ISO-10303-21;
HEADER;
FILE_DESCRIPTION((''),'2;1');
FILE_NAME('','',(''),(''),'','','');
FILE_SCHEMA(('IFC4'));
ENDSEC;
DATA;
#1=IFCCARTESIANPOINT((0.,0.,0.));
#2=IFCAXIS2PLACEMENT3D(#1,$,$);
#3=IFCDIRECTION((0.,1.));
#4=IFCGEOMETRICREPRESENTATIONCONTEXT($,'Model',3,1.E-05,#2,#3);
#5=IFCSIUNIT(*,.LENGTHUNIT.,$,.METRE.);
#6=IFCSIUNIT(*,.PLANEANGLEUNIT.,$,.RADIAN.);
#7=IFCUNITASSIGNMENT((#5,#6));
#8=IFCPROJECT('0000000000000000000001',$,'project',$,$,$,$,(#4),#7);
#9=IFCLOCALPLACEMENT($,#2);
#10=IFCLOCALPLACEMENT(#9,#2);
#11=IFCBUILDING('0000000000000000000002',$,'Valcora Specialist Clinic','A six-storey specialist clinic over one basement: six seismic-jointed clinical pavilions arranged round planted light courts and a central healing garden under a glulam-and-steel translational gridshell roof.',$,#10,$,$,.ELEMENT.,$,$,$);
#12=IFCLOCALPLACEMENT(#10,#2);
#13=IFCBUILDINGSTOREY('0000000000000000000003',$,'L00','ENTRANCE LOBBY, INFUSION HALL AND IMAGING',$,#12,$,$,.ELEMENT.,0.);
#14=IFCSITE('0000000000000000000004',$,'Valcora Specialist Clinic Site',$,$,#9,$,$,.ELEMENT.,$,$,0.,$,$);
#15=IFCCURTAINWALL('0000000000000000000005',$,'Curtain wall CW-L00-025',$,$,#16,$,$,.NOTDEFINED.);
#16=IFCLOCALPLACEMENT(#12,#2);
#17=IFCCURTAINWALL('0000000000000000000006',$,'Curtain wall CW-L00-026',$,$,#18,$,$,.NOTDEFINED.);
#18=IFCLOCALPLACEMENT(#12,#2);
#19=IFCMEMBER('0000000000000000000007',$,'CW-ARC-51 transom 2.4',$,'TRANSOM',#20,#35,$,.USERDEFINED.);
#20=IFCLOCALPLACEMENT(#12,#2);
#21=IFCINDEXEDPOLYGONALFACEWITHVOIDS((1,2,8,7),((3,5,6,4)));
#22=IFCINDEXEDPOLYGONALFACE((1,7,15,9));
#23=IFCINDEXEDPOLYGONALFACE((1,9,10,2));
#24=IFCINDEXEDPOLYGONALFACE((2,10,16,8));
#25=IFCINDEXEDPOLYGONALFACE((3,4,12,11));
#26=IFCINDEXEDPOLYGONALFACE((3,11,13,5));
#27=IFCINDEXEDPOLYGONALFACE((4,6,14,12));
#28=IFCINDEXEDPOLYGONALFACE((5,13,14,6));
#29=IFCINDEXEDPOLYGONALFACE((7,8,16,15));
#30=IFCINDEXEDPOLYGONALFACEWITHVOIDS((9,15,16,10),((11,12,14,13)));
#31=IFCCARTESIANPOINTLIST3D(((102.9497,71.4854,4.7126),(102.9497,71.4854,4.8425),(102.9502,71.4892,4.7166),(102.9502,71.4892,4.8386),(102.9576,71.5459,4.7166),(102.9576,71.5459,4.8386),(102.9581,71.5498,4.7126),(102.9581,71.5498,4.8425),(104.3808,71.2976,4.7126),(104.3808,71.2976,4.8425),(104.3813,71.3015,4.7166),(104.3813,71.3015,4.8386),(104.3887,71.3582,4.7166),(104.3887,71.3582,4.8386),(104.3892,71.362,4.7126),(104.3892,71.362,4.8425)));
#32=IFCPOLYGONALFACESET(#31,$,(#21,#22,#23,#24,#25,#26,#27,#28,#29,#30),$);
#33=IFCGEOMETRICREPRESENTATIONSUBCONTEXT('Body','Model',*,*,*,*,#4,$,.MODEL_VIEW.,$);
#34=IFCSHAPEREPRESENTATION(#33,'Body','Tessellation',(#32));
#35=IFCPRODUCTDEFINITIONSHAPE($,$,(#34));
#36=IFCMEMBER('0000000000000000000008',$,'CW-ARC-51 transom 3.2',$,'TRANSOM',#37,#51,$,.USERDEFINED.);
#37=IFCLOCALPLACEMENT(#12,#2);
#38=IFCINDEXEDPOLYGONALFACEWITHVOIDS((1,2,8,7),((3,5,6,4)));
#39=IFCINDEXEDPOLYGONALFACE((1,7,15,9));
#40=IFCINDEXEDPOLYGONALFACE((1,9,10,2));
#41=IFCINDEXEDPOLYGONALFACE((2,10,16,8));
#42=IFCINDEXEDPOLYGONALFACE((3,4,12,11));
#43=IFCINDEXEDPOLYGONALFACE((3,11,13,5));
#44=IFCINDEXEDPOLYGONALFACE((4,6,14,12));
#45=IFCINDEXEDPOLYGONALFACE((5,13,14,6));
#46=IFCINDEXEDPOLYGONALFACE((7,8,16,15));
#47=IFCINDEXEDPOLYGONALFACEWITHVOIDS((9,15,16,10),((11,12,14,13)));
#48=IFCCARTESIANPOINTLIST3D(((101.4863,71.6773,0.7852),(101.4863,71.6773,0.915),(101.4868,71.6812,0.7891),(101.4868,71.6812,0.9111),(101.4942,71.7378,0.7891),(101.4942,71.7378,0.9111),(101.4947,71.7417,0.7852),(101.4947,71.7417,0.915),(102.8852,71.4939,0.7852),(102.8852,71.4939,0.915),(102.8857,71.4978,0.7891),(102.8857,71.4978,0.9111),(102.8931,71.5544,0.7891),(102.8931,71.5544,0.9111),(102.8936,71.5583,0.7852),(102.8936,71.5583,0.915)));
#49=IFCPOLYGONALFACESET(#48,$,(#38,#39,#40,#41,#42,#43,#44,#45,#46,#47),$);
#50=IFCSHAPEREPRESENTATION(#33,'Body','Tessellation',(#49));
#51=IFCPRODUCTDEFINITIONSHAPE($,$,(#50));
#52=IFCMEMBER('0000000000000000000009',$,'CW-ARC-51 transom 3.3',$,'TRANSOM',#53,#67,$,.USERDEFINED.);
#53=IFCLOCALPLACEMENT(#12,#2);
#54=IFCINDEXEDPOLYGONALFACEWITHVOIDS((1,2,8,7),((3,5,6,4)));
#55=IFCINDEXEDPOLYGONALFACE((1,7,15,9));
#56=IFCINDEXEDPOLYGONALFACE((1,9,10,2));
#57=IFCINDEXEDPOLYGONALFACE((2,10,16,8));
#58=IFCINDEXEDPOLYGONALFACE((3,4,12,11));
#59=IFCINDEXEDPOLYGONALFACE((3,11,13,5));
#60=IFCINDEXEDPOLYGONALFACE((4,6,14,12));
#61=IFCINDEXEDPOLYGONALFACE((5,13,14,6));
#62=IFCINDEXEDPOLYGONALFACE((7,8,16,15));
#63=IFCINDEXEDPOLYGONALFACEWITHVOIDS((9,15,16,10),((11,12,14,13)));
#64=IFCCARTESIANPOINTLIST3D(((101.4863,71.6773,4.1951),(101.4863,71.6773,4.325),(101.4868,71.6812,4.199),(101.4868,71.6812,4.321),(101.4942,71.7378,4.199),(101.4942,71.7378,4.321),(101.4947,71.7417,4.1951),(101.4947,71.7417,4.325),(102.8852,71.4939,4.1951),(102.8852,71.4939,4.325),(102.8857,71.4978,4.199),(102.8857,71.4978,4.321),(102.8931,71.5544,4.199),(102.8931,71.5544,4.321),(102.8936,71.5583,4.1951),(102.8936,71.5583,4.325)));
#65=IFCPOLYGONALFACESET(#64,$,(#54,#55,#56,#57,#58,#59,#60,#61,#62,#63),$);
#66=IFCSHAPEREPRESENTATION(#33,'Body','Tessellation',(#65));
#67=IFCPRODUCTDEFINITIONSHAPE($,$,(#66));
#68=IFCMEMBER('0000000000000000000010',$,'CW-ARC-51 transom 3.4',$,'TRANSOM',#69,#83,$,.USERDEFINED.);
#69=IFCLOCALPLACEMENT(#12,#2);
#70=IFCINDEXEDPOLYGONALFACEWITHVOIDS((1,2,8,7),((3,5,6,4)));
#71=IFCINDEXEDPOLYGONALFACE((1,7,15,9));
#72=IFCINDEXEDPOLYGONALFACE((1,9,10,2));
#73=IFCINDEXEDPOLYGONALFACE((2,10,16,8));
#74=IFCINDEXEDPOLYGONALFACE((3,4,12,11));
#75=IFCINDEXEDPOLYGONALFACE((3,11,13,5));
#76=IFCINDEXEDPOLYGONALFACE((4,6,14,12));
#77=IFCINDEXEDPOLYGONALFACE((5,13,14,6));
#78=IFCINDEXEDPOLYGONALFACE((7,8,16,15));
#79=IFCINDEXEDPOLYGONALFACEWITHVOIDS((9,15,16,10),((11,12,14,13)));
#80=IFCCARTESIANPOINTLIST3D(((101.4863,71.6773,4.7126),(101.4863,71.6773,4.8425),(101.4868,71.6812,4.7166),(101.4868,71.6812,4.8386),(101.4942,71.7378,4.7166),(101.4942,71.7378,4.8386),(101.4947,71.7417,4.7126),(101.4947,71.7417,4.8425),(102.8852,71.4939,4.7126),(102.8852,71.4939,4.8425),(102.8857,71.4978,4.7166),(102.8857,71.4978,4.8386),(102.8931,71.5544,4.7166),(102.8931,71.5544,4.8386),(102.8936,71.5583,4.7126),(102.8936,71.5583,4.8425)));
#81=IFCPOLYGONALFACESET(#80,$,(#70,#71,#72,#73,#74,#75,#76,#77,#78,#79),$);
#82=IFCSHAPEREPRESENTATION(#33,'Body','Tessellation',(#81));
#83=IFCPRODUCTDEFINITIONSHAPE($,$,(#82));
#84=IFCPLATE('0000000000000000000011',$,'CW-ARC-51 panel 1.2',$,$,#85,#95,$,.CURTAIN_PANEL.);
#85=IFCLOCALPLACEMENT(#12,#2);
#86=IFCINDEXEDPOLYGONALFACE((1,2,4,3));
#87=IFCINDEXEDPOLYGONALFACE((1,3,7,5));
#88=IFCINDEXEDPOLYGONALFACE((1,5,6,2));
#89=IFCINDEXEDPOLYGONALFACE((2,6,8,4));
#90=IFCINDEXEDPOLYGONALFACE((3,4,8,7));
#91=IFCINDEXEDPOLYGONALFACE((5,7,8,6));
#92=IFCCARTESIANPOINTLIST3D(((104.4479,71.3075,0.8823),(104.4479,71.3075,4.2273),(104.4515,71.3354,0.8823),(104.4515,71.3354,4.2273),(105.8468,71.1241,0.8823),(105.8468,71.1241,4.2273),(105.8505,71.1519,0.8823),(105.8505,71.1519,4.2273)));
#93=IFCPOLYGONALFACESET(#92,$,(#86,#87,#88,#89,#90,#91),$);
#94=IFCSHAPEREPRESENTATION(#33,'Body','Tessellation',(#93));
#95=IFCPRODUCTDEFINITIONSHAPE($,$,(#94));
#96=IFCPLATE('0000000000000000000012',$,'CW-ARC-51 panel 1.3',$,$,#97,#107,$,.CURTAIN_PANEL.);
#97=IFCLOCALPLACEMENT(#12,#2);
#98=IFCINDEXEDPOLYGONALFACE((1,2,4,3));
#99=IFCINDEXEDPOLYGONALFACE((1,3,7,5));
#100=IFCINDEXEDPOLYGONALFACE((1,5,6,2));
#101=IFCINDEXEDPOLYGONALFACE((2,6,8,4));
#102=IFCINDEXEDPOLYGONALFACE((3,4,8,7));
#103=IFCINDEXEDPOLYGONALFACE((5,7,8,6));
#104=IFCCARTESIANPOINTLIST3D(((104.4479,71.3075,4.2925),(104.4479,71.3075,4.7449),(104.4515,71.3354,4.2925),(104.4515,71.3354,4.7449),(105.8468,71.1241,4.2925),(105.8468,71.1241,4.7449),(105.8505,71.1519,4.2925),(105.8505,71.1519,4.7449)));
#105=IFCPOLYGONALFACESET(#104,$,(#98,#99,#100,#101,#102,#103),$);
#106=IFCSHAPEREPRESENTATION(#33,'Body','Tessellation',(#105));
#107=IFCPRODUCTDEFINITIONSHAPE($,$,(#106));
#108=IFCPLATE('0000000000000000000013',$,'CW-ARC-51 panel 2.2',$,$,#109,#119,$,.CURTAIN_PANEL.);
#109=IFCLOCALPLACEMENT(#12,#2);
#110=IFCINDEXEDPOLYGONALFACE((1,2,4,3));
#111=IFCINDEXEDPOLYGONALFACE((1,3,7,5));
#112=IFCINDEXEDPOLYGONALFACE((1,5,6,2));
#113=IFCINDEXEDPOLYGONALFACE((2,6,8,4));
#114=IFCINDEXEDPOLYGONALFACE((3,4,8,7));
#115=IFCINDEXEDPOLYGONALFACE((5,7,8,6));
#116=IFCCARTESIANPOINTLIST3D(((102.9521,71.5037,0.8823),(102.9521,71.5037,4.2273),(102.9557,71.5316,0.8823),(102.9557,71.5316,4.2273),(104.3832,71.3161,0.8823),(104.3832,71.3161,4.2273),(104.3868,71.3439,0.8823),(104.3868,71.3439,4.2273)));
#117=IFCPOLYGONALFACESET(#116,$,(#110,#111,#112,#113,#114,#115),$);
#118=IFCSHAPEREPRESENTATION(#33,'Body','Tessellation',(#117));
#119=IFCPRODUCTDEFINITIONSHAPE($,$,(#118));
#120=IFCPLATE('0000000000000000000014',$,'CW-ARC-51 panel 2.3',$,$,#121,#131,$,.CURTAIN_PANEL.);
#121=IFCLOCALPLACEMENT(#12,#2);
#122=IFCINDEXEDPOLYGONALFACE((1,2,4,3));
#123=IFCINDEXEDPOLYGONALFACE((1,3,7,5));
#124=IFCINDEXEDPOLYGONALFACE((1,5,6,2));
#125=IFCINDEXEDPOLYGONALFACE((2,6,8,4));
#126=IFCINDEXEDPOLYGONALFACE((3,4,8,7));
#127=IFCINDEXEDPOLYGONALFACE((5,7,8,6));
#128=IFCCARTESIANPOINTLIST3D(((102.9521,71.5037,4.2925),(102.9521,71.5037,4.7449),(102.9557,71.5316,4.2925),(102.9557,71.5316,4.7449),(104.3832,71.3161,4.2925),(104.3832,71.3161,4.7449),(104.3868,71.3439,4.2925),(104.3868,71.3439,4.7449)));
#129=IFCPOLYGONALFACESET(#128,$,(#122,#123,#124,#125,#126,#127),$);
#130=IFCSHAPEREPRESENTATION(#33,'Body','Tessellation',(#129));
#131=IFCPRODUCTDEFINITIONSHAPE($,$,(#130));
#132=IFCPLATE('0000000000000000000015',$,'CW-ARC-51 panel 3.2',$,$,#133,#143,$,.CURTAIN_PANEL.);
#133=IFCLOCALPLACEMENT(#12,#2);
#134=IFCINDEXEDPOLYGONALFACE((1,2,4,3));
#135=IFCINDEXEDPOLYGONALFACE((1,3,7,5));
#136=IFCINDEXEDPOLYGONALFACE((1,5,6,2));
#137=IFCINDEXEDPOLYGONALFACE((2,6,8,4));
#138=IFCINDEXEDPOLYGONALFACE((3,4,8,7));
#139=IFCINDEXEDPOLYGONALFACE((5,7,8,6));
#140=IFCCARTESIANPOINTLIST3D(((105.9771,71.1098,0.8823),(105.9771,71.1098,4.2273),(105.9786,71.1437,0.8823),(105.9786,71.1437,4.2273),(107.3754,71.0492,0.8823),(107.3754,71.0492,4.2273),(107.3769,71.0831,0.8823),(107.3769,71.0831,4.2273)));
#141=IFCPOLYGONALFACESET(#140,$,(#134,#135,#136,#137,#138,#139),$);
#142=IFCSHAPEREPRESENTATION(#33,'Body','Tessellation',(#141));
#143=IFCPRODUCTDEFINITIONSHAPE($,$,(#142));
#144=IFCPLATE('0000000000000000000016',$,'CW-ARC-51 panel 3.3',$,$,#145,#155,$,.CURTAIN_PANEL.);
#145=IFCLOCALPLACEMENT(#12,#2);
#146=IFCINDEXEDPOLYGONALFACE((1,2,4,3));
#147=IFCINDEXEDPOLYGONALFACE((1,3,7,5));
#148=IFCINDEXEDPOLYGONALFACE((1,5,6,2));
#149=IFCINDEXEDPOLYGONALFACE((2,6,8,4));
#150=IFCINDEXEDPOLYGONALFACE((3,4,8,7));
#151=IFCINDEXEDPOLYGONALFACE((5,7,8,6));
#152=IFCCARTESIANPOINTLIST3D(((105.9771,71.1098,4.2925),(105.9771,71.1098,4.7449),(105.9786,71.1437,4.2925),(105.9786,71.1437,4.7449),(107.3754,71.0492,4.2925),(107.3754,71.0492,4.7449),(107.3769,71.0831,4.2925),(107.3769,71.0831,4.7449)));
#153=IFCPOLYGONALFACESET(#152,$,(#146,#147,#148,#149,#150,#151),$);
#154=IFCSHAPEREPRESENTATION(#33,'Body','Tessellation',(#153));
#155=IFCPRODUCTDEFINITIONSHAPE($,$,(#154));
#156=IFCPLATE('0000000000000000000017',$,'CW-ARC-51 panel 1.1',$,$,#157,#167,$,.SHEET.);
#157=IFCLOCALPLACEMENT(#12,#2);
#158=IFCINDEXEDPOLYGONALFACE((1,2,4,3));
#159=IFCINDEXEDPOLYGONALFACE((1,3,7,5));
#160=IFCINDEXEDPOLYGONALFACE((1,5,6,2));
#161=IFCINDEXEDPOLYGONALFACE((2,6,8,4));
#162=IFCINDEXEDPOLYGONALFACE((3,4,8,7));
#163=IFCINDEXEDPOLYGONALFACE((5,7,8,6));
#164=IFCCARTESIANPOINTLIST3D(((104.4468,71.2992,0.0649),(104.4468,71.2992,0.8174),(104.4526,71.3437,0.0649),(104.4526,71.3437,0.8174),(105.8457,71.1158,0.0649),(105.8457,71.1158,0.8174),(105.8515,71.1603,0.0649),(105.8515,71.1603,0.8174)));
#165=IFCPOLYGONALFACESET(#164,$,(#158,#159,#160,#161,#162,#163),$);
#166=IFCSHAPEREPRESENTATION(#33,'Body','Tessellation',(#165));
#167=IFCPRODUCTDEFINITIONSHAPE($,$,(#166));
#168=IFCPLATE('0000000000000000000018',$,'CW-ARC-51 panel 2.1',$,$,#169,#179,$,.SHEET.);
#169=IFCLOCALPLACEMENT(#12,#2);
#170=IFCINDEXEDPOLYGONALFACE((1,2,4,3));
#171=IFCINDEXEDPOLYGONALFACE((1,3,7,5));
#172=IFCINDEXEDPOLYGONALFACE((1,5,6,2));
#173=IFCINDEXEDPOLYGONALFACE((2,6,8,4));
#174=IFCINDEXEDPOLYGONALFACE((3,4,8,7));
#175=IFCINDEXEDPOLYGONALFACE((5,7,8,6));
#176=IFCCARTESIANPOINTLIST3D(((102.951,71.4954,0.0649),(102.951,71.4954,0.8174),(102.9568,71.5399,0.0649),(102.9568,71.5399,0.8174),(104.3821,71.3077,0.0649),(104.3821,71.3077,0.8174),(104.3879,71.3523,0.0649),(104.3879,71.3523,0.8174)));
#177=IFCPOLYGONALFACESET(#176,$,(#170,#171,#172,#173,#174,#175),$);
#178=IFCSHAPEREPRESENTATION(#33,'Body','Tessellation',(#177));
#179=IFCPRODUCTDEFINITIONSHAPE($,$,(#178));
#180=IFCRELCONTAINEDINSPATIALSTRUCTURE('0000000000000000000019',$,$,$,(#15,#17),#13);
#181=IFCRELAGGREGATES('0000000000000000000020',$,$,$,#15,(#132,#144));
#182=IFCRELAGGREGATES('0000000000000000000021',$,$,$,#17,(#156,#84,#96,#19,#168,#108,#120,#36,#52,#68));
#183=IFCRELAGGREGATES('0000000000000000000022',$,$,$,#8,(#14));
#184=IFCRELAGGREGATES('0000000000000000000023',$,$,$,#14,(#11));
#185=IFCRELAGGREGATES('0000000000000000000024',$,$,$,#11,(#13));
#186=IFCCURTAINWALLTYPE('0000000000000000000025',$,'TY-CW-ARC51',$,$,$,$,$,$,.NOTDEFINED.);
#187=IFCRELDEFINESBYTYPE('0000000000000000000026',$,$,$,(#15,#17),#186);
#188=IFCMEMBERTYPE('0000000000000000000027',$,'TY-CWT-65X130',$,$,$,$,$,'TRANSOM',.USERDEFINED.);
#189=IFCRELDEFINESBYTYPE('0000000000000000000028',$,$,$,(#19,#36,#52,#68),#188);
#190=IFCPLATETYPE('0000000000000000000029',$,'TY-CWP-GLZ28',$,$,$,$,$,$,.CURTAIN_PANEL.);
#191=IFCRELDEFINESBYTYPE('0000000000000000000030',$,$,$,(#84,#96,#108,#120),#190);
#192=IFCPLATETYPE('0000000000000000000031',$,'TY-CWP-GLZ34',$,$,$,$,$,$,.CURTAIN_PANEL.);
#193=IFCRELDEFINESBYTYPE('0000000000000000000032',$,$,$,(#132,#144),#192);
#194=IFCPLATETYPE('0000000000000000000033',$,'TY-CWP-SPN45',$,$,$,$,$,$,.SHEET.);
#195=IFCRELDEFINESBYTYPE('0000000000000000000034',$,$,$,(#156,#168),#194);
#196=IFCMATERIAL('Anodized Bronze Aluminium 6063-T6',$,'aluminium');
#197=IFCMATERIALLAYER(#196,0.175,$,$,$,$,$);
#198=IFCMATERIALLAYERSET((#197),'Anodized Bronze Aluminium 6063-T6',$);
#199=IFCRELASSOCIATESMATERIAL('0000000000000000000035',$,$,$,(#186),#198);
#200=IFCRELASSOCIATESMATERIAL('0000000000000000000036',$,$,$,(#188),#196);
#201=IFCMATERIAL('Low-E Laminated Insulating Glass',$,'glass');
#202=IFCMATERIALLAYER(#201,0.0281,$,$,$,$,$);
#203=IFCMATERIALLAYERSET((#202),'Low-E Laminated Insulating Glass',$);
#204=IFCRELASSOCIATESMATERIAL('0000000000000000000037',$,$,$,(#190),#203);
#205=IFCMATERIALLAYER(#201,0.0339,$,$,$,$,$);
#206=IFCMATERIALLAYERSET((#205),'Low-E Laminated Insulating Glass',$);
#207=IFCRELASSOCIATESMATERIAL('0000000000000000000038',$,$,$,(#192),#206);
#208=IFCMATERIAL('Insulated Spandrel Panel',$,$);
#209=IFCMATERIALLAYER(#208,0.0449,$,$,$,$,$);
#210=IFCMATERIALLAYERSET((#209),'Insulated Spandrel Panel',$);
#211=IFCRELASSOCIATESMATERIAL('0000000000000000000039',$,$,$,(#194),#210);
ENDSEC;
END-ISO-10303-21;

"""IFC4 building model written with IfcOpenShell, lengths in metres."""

from ifc_helpers import new_model, si_unit, direction, frame, origin, origin_2d, place, context, subcontext, project, spatial, rectangle, hollow_rectangle, extrude, material, layer, layer_set, material_profile, profile_set, type_object, element, aggregate, save


model = new_model("IFC4")

# Units and contexts
model_context = context("Model", 3, precision=1e-05, world=origin(), true_north=direction((0.0, 1.0)))
body_context = subcontext(model_context, "Body", "Model", "MODEL_VIEW")
ifc_project = project(units=[si_unit("LENGTHUNIT", "METRE"), si_unit("PLANEANGLEUNIT", "RADIAN")], contexts=[model_context])

# Site, building, storey
site_placement = place(None, origin())
site = spatial("IfcSite", under=ifc_project, at=site_placement, Name="Valcora Specialist Clinic Site", CompositionType="ELEMENT", RefElevation=0.0)
building_placement = place(site_placement, origin())
building = spatial("IfcBuilding", under=site, at=building_placement, Name="Valcora Specialist Clinic", Description="A six-storey specialist clinic over one basement: six seismic-jointed clinical pavilions arranged round planted light courts and a central healing garden under a glulam-and-steel translational gridshell roof.", CompositionType="ELEMENT")
storey_placement = place(building_placement, origin())
storey = spatial("IfcBuildingStorey", under=building, at=storey_placement, Name="L00", Description="ENTRANCE LOBBY, INFUSION HALL AND IMAGING", CompositionType="ELEMENT", Elevation=0.0)

# Curtain wall
ifc_material_1 = material(Name="Anodized Bronze Aluminium 6063-T6", Category="aluminium")
ifc_layer_1 = layer(ifc_material_1, 0.175)
ifc_layer_set_1 = layer_set([ifc_layer_1], Name="Anodized Bronze Aluminium 6063-T6")
curtain_wall_type = type_object("IfcCurtainWallType", Name="TY-CW-ARC51", PredefinedType="NOTDEFINED", material=ifc_layer_set_1)
curtain_wall_1_placement = place(storey_placement, origin())
curtain_wall_1 = element("IfcCurtainWall", 1, at=curtain_wall_1_placement, inside=storey, type_object=curtain_wall_type, Name="Curtain wall CW-L00-025", PredefinedType="NOTDEFINED")

# Curtain wall, members, plates
curtain_wall_2_placement = place(storey_placement, origin())
curtain_wall_2 = element("IfcCurtainWall", 2, at=curtain_wall_2_placement, inside=storey, type_object=curtain_wall_type, Name="Curtain wall CW-L00-026", PredefinedType="NOTDEFINED")
ifc_material_profile_1 = material_profile(ifc_material_1, hollow_rectangle(XDim=0.0649, YDim=0.1299, WallThickness=0.0039, at=origin_2d()), Name="AL-TRN-65X130")
ifc_profile_set_1 = profile_set([ifc_material_profile_1], Name="Anodized Bronze Aluminium 6063-T6")
member_type_1 = type_object("IfcMemberType", Name="TY-CWT-65X130", ElementType="TRANSOM", PredefinedType="USERDEFINED", material=ifc_profile_set_1)
member_1_placement = place(storey_placement, frame((104.385, 71.3298, 4.7776), z_axis=(-0.991505, 0.130069, 0.0), x_axis=(-0.130069, -0.991505, 0.0)))
member_1 = element("IfcMember", 3, at=member_1_placement, type_object=member_type_1, Name="CW-ARC-51 transom 2.4", ObjectType="TRANSOM", PredefinedType="USERDEFINED", context=body_context, shape_type="SweptSolid", body=[
    extrude(hollow_rectangle(XDim=0.0649, YDim=0.1299, WallThickness=0.0039, at=origin_2d()), origin(), (0.0, 0.0, 1.0), 1.4434),
])
member_2_placement = place(storey_placement, frame((102.8894, 71.5261, 0.8501), z_axis=(-0.99152, 0.129953, 0.0), x_axis=(-0.129953, -0.99152, 0.0)))
member_2 = element("IfcMember", 4, at=member_2_placement, type_object=member_type_1, Name="CW-ARC-51 transom 3.2", ObjectType="TRANSOM", PredefinedType="USERDEFINED", context=body_context, shape_type="SweptSolid", body=[
    extrude(hollow_rectangle(XDim=0.0649, YDim=0.1299, WallThickness=0.0039, at=origin_2d()), origin(), (0.0, 0.0, 1.0), 1.4109),
])
member_3_placement = place(storey_placement, frame((102.8894, 71.5261, 4.26), z_axis=(-0.99152, 0.129953, 0.0), x_axis=(-0.129953, -0.99152, 0.0)))
member_3 = element("IfcMember", 5, at=member_3_placement, type_object=member_type_1, Name="CW-ARC-51 transom 3.3", ObjectType="TRANSOM", PredefinedType="USERDEFINED", context=body_context, shape_type="SweptSolid", body=[
    extrude(hollow_rectangle(XDim=0.0649, YDim=0.1299, WallThickness=0.0039, at=origin_2d()), origin(), (0.0, 0.0, 1.0), 1.4109),
])
member_4_placement = place(storey_placement, frame((102.8894, 71.5261, 4.7776), z_axis=(-0.99152, 0.129953, 0.0), x_axis=(-0.129953, -0.99152, 0.0)))
member_4 = element("IfcMember", 6, at=member_4_placement, type_object=member_type_1, Name="CW-ARC-51 transom 3.4", ObjectType="TRANSOM", PredefinedType="USERDEFINED", context=body_context, shape_type="SweptSolid", body=[
    extrude(hollow_rectangle(XDim=0.0649, YDim=0.1299, WallThickness=0.0039, at=origin_2d()), origin(), (0.0, 0.0, 1.0), 1.4109),
])
ifc_material_2 = material(Name="Low-E Laminated Insulating Glass", Category="glass")
ifc_layer_2 = layer(ifc_material_2, 0.0281)
ifc_layer_set_2 = layer_set([ifc_layer_2], Name="Low-E Laminated Insulating Glass")
plate_type_1 = type_object("IfcPlateType", Name="TY-CWP-GLZ28", PredefinedType="CURTAIN_PANEL", material=ifc_layer_set_2)
plate_1_placement = place(storey_placement, frame((105.1492, 71.2297, 0.8823), z_axis=(0.0, 0.0, 1.0), x_axis=(-0.991514, 0.129999, 0.0)))
plate_1 = element("IfcPlate", 7, at=plate_1_placement, type_object=plate_type_1, Name="CW-ARC-51 panel 1.2", PredefinedType="CURTAIN_PANEL", context=body_context, shape_type="SweptSolid", body=[
    extrude(rectangle(XDim=1.4109, YDim=0.0281, at=origin_2d()), origin(), (0.0, 0.0, 1.0), 3.345),
])
plate_2_placement = place(storey_placement, frame((105.1492, 71.2297, 4.2925), z_axis=(0.0, 0.0, 1.0), x_axis=(-0.991514, 0.129999, 0.0)))
plate_2 = element("IfcPlate", 8, at=plate_2_placement, type_object=plate_type_1, Name="CW-ARC-51 panel 1.3", PredefinedType="CURTAIN_PANEL", context=body_context, shape_type="SweptSolid", body=[
    extrude(rectangle(XDim=1.4109, YDim=0.0281, at=origin_2d()), origin(), (0.0, 0.0, 1.0), 0.4524),
])
plate_3_placement = place(storey_placement, frame((103.6694, 71.4238, 0.8823), z_axis=(0.0, 0.0, 1.0), x_axis=(-0.991514, 0.129999, 0.0)))
plate_3 = element("IfcPlate", 9, at=plate_3_placement, type_object=plate_type_1, Name="CW-ARC-51 panel 2.2", PredefinedType="CURTAIN_PANEL", context=body_context, shape_type="SweptSolid", body=[
    extrude(rectangle(XDim=1.4434, YDim=0.0281, at=origin_2d()), origin(), (0.0, 0.0, 1.0), 3.345),
])
plate_4_placement = place(storey_placement, frame((103.6694, 71.4238, 4.2925), z_axis=(0.0, 0.0, 1.0), x_axis=(-0.991514, 0.129999, 0.0)))
plate_4 = element("IfcPlate", 10, at=plate_4_placement, type_object=plate_type_1, Name="CW-ARC-51 panel 2.3", PredefinedType="CURTAIN_PANEL", context=body_context, shape_type="SweptSolid", body=[
    extrude(rectangle(XDim=1.4434, YDim=0.0281, at=origin_2d()), origin(), (0.0, 0.0, 1.0), 0.4524),
])

# Plates
ifc_layer_3 = layer(ifc_material_2, 0.0339)
ifc_layer_set_3 = layer_set([ifc_layer_3], Name="Low-E Laminated Insulating Glass")
plate_type_2 = type_object("IfcPlateType", Name="TY-CWP-GLZ34", PredefinedType="CURTAIN_PANEL", material=ifc_layer_set_3)
plate_5_placement = place(storey_placement, frame((106.677, 71.0964, 0.8823), z_axis=(0.0, 0.0, 1.0), x_axis=(-0.999062, 0.043307, 0.0)))
plate_5 = element("IfcPlate", 11, at=plate_5_placement, type_object=plate_type_2, Name="CW-ARC-51 panel 3.2", PredefinedType="CURTAIN_PANEL", context=body_context, shape_type="SweptSolid", body=[
    extrude(rectangle(XDim=1.3997, YDim=0.0339, at=origin_2d()), origin(), (0.0, 0.0, 1.0), 3.345),
])
plate_6_placement = place(storey_placement, frame((106.677, 71.0964, 4.2925), z_axis=(0.0, 0.0, 1.0), x_axis=(-0.999062, 0.043307, 0.0)))
plate_6 = element("IfcPlate", 12, at=plate_6_placement, type_object=plate_type_2, Name="CW-ARC-51 panel 3.3", PredefinedType="CURTAIN_PANEL", context=body_context, shape_type="SweptSolid", body=[
    extrude(rectangle(XDim=1.3997, YDim=0.0339, at=origin_2d()), origin(), (0.0, 0.0, 1.0), 0.4524),
])
aggregate(curtain_wall_1, [plate_5, plate_6])
ifc_material_3 = material(Name="Insulated Spandrel Panel")
ifc_layer_4 = layer(ifc_material_3, 0.0449)
ifc_layer_set_4 = layer_set([ifc_layer_4], Name="Insulated Spandrel Panel")
plate_type_3 = type_object("IfcPlateType", Name="TY-CWP-SPN45", PredefinedType="SHEET", material=ifc_layer_set_4)
plate_7_placement = place(storey_placement, frame((105.1492, 71.2297, 0.0649), z_axis=(0.0, 0.0, 1.0), x_axis=(-0.991514, 0.129999, 0.0)))
plate_7 = element("IfcPlate", 13, at=plate_7_placement, type_object=plate_type_3, Name="CW-ARC-51 panel 1.1", PredefinedType="SHEET", context=body_context, shape_type="SweptSolid", body=[
    extrude(rectangle(XDim=1.4109, YDim=0.0449, at=origin_2d()), origin(), (0.0, 0.0, 1.0), 0.7524),
])
plate_8_placement = place(storey_placement, frame((103.6694, 71.4238, 0.0649), z_axis=(0.0, 0.0, 1.0), x_axis=(-0.991514, 0.129999, 0.0)))
plate_8 = element("IfcPlate", 14, at=plate_8_placement, type_object=plate_type_3, Name="CW-ARC-51 panel 2.1", PredefinedType="SHEET", context=body_context, shape_type="SweptSolid", body=[
    extrude(rectangle(XDim=1.4434, YDim=0.0449, at=origin_2d()), origin(), (0.0, 0.0, 1.0), 0.7524),
])
aggregate(curtain_wall_2, [plate_7, plate_1, plate_2, member_1, plate_8, plate_3, plate_4, member_2, member_3, member_4])

save(model, "model.ifc")
